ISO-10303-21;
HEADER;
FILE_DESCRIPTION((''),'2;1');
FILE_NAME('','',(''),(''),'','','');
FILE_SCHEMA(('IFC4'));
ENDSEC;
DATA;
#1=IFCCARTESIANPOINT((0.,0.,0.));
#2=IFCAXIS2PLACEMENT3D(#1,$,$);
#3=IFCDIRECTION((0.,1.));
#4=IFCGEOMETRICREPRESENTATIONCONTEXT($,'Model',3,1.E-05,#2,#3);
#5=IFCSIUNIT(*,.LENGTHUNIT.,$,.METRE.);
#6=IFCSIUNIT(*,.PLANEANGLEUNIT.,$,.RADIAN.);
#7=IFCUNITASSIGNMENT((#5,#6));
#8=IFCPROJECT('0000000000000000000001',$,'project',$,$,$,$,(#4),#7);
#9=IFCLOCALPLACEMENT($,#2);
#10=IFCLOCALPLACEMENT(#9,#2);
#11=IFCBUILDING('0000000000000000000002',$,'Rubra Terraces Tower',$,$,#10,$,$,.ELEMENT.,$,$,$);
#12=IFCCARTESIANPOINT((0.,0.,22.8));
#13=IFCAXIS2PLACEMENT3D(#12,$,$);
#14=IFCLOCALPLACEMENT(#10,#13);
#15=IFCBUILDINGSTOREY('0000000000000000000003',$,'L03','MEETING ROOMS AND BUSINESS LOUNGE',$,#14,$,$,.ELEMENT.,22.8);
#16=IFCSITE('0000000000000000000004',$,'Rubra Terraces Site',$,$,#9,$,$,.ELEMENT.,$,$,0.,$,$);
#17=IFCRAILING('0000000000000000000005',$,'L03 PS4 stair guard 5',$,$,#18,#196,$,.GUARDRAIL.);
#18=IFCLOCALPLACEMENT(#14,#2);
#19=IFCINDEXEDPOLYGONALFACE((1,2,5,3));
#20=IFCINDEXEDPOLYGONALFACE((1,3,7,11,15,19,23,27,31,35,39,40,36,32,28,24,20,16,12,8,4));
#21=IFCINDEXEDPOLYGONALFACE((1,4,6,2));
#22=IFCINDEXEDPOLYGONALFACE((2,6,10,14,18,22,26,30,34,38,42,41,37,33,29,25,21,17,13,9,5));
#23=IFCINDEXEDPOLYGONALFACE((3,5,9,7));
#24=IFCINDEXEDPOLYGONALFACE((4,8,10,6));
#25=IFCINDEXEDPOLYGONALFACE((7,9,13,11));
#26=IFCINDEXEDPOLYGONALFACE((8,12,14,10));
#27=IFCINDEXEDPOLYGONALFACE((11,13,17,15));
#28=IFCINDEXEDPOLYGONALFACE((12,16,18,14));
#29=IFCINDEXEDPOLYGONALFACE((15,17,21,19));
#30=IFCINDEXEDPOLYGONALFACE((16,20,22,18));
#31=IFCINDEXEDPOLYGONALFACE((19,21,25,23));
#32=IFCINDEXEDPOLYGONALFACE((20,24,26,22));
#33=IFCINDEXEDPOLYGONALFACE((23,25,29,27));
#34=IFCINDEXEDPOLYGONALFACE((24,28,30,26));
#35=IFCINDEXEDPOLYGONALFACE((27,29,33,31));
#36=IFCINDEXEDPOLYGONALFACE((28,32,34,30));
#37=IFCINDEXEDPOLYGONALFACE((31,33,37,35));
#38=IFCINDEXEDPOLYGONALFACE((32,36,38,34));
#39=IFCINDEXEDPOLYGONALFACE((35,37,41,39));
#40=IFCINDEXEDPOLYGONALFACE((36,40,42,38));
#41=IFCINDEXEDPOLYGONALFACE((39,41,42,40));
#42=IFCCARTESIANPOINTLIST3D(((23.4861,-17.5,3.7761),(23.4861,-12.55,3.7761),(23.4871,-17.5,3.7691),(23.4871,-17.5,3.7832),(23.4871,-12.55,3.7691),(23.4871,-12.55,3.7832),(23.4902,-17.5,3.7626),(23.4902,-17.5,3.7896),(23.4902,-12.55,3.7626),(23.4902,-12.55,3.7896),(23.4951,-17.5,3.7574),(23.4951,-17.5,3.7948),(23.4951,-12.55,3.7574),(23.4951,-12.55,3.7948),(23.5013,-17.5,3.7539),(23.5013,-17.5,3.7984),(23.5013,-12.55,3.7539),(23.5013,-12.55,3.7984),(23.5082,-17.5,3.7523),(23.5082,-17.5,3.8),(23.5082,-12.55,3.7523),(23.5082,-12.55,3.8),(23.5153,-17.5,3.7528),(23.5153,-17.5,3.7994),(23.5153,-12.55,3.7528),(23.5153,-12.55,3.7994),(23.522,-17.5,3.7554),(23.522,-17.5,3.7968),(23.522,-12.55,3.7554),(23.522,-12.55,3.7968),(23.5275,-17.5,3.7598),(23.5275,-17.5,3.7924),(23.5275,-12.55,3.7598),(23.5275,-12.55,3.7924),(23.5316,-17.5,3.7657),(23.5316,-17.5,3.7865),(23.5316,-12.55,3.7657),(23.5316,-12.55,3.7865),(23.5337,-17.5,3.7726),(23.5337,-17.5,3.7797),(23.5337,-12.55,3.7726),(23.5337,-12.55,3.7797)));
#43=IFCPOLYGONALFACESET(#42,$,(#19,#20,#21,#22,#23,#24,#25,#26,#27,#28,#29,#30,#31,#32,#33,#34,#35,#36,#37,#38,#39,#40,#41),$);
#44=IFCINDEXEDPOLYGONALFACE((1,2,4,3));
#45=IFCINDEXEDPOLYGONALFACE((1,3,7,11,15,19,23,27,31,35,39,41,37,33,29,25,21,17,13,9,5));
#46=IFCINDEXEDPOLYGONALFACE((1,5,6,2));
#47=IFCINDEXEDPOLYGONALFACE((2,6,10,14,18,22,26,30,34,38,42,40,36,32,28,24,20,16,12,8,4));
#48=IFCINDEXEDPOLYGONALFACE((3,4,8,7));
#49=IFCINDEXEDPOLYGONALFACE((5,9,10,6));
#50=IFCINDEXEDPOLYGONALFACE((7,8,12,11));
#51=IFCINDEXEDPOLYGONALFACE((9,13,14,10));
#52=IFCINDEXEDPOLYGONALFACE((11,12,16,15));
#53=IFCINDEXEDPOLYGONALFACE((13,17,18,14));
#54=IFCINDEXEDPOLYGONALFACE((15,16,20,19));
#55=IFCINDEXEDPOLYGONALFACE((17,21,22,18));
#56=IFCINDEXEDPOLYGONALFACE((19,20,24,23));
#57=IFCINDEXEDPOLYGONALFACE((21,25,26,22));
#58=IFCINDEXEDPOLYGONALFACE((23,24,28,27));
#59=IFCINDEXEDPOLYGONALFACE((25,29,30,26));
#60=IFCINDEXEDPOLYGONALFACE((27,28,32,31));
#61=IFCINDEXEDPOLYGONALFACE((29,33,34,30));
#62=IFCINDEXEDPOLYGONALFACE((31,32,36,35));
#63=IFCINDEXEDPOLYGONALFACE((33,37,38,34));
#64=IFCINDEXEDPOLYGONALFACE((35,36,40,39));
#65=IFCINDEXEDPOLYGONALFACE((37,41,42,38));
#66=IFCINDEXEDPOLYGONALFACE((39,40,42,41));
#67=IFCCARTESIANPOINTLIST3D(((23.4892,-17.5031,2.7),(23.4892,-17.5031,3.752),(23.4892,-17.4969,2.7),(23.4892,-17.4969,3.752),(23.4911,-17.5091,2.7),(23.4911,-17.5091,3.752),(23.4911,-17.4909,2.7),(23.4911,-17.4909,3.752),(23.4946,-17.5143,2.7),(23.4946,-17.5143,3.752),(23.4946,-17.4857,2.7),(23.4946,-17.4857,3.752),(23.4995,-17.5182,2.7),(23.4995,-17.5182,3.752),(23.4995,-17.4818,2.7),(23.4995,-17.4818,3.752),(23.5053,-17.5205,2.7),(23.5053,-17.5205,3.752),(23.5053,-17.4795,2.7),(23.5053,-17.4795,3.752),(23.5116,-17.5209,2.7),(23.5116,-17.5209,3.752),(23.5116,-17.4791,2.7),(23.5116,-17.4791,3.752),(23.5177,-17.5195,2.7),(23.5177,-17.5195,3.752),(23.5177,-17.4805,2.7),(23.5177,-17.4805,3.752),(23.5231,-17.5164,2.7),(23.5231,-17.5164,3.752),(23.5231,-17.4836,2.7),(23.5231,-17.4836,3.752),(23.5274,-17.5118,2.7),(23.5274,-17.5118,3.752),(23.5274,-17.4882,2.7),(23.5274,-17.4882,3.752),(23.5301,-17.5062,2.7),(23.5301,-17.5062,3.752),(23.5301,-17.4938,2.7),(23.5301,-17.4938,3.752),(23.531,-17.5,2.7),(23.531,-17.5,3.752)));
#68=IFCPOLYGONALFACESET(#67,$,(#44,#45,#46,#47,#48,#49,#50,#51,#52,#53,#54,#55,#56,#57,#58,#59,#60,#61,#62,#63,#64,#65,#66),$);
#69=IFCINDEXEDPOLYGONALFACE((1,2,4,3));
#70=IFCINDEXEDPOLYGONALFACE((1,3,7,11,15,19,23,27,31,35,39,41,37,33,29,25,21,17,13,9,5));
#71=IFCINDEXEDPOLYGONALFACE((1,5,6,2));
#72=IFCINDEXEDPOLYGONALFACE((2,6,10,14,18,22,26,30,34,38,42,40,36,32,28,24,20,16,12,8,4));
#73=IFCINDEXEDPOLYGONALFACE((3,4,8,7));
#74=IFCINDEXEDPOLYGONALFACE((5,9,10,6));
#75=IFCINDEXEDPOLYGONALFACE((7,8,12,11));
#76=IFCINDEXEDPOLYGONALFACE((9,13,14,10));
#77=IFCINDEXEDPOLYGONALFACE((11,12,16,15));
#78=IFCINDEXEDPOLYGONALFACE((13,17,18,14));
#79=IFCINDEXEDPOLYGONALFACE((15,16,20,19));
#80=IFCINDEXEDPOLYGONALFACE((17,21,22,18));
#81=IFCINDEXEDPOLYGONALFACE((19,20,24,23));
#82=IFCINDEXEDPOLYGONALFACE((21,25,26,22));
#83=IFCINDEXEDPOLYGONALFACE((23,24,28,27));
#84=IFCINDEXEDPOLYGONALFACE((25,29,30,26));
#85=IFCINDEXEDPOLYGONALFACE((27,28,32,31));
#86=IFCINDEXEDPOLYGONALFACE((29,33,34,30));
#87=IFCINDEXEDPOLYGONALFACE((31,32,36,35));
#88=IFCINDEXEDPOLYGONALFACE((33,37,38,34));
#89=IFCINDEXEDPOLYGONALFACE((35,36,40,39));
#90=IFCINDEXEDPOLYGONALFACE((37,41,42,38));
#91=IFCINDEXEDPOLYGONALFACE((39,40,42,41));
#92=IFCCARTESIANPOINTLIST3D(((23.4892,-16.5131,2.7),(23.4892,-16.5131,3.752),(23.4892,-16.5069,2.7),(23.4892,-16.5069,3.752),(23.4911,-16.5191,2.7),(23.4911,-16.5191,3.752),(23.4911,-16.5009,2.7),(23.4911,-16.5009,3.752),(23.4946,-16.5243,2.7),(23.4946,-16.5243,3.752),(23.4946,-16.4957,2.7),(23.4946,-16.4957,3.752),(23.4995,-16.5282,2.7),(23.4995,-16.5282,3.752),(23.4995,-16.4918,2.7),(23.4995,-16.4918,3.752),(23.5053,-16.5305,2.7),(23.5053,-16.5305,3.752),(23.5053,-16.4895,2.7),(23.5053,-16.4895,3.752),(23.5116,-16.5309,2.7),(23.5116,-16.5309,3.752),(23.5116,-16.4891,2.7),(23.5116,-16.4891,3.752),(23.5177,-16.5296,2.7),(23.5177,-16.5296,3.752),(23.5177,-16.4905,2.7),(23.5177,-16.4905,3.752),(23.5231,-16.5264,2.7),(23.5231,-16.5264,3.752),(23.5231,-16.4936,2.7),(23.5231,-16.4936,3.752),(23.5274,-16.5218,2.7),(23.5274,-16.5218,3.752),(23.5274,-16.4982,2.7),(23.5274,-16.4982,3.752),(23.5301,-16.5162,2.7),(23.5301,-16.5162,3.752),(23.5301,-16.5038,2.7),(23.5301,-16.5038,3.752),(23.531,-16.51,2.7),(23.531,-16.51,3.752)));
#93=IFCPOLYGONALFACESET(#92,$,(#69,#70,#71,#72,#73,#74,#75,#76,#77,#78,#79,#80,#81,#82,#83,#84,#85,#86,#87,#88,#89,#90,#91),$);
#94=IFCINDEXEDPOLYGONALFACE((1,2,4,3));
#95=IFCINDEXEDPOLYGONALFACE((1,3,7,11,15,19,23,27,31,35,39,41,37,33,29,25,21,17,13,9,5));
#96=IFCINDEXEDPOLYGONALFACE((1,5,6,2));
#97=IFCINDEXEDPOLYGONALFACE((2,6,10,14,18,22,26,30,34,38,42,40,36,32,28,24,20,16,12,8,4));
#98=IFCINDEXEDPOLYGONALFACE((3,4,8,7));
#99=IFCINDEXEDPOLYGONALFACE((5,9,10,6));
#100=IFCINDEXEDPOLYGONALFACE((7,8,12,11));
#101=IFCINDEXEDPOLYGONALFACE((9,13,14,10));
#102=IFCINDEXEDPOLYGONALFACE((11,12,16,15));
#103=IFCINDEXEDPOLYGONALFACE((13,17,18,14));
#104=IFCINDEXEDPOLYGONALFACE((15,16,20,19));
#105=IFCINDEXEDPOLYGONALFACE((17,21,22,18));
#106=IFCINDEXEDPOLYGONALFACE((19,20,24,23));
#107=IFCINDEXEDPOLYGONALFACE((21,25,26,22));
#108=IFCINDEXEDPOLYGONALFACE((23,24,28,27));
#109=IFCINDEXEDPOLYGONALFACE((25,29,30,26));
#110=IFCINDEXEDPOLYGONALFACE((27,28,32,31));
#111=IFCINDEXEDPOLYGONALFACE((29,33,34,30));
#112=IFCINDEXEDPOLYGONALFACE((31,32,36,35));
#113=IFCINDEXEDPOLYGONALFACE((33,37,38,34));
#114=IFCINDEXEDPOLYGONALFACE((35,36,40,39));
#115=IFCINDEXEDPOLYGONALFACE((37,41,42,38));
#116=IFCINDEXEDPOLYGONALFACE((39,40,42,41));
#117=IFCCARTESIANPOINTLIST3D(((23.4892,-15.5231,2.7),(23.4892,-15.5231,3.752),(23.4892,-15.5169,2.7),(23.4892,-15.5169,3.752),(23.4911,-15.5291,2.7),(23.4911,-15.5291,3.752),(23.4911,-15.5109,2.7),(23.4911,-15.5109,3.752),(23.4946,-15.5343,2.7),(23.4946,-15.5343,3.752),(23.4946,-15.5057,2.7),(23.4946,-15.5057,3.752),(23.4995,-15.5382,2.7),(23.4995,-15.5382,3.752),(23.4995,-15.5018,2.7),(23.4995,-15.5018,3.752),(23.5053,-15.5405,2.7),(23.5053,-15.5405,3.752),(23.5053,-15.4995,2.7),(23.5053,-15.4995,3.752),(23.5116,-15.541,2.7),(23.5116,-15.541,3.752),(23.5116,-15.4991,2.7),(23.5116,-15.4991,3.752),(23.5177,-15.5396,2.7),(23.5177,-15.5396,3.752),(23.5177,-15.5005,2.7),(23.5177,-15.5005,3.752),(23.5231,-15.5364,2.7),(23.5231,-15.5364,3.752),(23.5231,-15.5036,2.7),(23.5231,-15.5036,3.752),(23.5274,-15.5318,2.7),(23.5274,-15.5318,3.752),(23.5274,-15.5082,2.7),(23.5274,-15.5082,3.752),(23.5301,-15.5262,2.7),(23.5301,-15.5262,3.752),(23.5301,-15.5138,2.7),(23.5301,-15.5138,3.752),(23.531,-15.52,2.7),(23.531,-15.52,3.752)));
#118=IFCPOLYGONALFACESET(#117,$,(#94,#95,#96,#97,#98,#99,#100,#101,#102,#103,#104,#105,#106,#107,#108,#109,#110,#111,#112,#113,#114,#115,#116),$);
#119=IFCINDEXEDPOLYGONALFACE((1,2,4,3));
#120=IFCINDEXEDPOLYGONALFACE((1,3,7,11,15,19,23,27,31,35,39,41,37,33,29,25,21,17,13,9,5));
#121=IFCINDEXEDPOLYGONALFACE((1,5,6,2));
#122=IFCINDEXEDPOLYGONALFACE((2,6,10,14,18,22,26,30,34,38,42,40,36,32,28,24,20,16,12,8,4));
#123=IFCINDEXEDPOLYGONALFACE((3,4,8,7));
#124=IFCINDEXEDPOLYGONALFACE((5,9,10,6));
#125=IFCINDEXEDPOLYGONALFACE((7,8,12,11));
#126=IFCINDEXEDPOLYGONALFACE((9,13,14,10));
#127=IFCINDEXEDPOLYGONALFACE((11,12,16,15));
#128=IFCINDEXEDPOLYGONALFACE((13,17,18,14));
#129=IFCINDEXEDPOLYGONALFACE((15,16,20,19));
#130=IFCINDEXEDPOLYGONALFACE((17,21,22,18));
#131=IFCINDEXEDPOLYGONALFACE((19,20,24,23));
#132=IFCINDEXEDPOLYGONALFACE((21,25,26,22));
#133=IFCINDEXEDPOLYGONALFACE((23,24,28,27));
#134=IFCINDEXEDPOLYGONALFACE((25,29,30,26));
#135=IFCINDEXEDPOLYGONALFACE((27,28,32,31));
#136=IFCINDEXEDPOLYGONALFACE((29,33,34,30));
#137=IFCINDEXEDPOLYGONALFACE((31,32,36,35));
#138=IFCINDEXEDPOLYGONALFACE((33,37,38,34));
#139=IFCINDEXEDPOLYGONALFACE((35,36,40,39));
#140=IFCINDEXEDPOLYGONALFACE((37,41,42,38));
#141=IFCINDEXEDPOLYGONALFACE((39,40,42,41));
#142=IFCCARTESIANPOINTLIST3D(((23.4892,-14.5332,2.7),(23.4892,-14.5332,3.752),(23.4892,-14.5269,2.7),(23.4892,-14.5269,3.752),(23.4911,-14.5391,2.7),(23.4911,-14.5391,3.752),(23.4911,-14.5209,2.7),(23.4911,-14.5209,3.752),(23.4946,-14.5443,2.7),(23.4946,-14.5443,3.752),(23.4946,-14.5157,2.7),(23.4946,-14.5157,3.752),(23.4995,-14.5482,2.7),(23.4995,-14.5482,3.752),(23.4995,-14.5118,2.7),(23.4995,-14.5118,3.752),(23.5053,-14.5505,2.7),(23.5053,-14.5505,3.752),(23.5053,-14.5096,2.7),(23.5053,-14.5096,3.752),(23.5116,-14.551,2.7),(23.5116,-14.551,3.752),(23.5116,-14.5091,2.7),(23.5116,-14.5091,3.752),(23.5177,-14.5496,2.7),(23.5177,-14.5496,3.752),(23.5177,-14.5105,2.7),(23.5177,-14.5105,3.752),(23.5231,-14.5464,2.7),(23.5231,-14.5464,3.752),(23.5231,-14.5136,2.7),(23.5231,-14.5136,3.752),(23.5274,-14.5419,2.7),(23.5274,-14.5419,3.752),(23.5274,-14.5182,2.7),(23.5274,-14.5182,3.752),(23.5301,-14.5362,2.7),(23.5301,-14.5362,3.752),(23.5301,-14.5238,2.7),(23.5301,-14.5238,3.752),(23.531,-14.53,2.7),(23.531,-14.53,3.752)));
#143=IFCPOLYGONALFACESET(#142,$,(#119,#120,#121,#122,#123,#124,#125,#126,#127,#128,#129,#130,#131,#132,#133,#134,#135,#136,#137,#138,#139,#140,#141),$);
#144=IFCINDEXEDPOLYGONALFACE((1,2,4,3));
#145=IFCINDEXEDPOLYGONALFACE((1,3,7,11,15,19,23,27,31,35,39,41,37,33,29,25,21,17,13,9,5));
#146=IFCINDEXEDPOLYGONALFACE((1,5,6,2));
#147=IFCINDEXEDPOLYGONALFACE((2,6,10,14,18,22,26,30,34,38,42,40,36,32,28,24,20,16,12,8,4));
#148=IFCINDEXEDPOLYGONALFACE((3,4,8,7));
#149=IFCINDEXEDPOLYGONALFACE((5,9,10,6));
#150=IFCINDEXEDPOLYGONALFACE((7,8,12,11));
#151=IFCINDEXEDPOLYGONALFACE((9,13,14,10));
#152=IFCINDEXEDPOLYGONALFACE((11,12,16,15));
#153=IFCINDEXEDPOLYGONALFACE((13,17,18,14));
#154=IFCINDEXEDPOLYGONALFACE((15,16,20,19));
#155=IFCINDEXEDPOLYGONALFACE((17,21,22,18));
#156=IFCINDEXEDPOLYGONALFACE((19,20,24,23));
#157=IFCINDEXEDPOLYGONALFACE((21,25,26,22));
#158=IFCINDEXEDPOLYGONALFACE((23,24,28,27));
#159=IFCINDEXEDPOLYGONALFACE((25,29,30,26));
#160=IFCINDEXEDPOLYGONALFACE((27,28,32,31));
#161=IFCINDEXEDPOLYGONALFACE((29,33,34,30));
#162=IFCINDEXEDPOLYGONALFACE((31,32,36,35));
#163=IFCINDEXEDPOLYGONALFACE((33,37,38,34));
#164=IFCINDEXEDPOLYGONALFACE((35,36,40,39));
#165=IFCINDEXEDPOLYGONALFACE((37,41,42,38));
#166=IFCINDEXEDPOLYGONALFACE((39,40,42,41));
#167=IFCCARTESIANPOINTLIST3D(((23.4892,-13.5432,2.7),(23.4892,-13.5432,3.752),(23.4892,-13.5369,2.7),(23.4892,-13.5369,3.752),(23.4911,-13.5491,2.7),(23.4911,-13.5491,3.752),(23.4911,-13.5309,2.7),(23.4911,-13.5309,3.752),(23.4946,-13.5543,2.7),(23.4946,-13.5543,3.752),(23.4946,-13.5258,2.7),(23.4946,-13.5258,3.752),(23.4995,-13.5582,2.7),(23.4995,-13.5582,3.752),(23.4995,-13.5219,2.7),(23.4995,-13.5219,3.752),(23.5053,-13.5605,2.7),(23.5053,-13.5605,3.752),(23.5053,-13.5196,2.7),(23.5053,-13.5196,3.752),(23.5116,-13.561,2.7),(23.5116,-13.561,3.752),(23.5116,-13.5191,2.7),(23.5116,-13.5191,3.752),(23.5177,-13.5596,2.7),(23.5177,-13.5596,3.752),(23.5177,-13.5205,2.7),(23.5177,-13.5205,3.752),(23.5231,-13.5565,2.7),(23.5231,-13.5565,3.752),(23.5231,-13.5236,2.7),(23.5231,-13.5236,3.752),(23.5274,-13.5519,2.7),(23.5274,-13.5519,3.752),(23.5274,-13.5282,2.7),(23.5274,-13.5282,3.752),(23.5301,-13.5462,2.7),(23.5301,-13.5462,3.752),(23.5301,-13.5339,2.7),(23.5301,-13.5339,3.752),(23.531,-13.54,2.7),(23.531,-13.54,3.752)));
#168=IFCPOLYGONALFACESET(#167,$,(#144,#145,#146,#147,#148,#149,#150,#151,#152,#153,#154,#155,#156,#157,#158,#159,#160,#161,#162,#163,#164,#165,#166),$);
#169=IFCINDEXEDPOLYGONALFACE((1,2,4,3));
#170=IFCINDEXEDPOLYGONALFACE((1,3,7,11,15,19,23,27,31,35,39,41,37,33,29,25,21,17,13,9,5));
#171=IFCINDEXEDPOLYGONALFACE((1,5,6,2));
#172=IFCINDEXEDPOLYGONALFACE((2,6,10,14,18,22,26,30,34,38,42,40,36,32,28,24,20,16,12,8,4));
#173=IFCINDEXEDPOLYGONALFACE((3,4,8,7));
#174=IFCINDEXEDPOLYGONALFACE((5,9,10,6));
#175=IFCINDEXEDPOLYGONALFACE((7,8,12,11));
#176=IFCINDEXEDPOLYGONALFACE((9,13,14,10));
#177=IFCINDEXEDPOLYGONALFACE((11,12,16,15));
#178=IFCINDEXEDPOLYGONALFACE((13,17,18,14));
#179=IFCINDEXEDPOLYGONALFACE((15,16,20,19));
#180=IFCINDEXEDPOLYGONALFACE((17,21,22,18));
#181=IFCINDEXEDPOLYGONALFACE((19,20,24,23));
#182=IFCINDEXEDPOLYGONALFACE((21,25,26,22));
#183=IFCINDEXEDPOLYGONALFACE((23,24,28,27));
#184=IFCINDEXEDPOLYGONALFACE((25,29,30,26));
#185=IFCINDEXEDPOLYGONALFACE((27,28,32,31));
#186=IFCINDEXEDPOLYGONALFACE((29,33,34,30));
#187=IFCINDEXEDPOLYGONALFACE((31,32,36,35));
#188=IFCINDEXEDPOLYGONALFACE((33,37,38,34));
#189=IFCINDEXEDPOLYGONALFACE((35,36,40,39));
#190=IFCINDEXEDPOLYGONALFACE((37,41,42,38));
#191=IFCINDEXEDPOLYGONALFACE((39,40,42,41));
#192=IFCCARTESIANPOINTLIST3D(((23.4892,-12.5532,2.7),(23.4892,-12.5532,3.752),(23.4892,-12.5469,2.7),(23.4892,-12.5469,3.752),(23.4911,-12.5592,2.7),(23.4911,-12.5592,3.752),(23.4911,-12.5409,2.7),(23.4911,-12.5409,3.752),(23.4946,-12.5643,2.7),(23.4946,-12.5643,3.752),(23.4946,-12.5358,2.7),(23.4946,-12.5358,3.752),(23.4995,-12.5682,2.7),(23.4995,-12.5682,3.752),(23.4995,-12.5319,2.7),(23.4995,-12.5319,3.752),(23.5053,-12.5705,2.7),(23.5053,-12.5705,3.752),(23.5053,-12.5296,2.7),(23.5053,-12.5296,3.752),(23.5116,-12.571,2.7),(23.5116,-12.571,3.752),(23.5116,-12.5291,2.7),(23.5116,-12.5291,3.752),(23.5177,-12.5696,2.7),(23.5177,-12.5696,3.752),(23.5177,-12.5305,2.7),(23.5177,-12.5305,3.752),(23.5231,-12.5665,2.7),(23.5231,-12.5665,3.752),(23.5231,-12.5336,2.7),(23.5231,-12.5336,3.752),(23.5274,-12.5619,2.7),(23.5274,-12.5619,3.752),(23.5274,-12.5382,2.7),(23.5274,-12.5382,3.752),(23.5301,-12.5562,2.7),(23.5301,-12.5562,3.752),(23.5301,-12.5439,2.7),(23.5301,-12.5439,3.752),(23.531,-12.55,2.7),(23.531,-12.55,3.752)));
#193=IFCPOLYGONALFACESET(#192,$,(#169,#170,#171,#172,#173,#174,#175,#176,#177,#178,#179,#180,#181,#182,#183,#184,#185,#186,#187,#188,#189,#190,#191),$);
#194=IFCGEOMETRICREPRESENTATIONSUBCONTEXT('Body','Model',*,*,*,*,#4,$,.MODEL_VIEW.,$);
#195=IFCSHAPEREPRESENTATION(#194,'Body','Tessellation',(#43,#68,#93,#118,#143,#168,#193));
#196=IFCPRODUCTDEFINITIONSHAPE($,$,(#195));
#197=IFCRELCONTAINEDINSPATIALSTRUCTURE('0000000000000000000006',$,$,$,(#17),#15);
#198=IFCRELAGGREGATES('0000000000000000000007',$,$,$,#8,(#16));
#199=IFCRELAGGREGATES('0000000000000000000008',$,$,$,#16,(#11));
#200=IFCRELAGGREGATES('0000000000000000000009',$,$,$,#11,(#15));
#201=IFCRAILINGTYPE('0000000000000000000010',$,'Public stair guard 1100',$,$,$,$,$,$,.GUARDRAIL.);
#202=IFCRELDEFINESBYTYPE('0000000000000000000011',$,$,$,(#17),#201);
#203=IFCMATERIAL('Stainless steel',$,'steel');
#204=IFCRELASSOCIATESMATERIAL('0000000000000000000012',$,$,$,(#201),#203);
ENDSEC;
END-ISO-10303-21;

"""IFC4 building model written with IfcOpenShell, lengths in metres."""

from ifc_helpers import new_model, si_unit, direction, frame, origin, origin_2d, place, context, subcontext, project, spatial, circle, extrude, material, type_object, element, save


model = new_model("IFC4")

# Units and contexts
model_context = context("Model", 3, precision=1e-05, world=origin(), true_north=direction((0.0, 1.0)))
body_context = subcontext(model_context, "Body", "Model", "MODEL_VIEW")
ifc_project = project(units=[si_unit("LENGTHUNIT", "METRE"), si_unit("PLANEANGLEUNIT", "RADIAN")], contexts=[model_context])

# Site, building, storey
site_placement = place(None, origin())
site = spatial("IfcSite", under=ifc_project, at=site_placement, Name="Rubra Terraces Site", CompositionType="ELEMENT", RefElevation=0.0)
building_placement = place(site_placement, origin())
building = spatial("IfcBuilding", under=site, at=building_placement, Name="Rubra Terraces Tower", CompositionType="ELEMENT")
storey_placement = place(building_placement, frame((0.0, 0.0, 22.8)))
storey = spatial("IfcBuildingStorey", under=building, at=storey_placement, Name="L03", Description="MEETING ROOMS AND BUSINESS LOUNGE", CompositionType="ELEMENT", Elevation=22.8)

# Railing
ifc_material_1 = material(Name="Stainless steel", Category="steel")
railing_type = type_object("IfcRailingType", Name="Public stair guard 1100", PredefinedType="GUARDRAIL", material=ifc_material_1)
railing_1_placement = place(storey_placement, frame((23.51, -17.5, 2.7)))
element("IfcRailing", 1, at=railing_1_placement, inside=storey, type_object=railing_type, Name="L03 PS4 stair guard 5", PredefinedType="GUARDRAIL", context=body_context, shape_type="SweptSolid", body=[
    extrude(circle(Radius=0.0239, at=origin_2d()), frame((0.0, 0.0, 1.0762), z_axis=(0.0, 1.0, 0.0), x_axis=(-1.0, 0.0, 0.0)), (0.0, 0.0, 1.0), 4.95),
    extrude(circle(Radius=0.021, at=origin_2d()), origin(), (0.0, 0.0, 1.0), 1.052),
    extrude(circle(Radius=0.021, at=origin_2d()), frame((0.0, 0.99, 0.0)), (0.0, 0.0, 1.0), 1.052),
    extrude(circle(Radius=0.021, at=origin_2d()), frame((0.0, 1.98, 0.0)), (0.0, 0.0, 1.0), 1.052),
    extrude(circle(Radius=0.021, at=origin_2d()), frame((0.0, 2.97, 0.0)), (0.0, 0.0, 1.0), 1.052),
    extrude(circle(Radius=0.021, at=origin_2d()), frame((0.0, 3.96, 0.0)), (0.0, 0.0, 1.0), 1.052),
    extrude(circle(Radius=0.021, at=origin_2d()), frame((0.0, 4.95, 0.0)), (0.0, 0.0, 1.0), 1.052),
])

save(model, "model.ifc")
